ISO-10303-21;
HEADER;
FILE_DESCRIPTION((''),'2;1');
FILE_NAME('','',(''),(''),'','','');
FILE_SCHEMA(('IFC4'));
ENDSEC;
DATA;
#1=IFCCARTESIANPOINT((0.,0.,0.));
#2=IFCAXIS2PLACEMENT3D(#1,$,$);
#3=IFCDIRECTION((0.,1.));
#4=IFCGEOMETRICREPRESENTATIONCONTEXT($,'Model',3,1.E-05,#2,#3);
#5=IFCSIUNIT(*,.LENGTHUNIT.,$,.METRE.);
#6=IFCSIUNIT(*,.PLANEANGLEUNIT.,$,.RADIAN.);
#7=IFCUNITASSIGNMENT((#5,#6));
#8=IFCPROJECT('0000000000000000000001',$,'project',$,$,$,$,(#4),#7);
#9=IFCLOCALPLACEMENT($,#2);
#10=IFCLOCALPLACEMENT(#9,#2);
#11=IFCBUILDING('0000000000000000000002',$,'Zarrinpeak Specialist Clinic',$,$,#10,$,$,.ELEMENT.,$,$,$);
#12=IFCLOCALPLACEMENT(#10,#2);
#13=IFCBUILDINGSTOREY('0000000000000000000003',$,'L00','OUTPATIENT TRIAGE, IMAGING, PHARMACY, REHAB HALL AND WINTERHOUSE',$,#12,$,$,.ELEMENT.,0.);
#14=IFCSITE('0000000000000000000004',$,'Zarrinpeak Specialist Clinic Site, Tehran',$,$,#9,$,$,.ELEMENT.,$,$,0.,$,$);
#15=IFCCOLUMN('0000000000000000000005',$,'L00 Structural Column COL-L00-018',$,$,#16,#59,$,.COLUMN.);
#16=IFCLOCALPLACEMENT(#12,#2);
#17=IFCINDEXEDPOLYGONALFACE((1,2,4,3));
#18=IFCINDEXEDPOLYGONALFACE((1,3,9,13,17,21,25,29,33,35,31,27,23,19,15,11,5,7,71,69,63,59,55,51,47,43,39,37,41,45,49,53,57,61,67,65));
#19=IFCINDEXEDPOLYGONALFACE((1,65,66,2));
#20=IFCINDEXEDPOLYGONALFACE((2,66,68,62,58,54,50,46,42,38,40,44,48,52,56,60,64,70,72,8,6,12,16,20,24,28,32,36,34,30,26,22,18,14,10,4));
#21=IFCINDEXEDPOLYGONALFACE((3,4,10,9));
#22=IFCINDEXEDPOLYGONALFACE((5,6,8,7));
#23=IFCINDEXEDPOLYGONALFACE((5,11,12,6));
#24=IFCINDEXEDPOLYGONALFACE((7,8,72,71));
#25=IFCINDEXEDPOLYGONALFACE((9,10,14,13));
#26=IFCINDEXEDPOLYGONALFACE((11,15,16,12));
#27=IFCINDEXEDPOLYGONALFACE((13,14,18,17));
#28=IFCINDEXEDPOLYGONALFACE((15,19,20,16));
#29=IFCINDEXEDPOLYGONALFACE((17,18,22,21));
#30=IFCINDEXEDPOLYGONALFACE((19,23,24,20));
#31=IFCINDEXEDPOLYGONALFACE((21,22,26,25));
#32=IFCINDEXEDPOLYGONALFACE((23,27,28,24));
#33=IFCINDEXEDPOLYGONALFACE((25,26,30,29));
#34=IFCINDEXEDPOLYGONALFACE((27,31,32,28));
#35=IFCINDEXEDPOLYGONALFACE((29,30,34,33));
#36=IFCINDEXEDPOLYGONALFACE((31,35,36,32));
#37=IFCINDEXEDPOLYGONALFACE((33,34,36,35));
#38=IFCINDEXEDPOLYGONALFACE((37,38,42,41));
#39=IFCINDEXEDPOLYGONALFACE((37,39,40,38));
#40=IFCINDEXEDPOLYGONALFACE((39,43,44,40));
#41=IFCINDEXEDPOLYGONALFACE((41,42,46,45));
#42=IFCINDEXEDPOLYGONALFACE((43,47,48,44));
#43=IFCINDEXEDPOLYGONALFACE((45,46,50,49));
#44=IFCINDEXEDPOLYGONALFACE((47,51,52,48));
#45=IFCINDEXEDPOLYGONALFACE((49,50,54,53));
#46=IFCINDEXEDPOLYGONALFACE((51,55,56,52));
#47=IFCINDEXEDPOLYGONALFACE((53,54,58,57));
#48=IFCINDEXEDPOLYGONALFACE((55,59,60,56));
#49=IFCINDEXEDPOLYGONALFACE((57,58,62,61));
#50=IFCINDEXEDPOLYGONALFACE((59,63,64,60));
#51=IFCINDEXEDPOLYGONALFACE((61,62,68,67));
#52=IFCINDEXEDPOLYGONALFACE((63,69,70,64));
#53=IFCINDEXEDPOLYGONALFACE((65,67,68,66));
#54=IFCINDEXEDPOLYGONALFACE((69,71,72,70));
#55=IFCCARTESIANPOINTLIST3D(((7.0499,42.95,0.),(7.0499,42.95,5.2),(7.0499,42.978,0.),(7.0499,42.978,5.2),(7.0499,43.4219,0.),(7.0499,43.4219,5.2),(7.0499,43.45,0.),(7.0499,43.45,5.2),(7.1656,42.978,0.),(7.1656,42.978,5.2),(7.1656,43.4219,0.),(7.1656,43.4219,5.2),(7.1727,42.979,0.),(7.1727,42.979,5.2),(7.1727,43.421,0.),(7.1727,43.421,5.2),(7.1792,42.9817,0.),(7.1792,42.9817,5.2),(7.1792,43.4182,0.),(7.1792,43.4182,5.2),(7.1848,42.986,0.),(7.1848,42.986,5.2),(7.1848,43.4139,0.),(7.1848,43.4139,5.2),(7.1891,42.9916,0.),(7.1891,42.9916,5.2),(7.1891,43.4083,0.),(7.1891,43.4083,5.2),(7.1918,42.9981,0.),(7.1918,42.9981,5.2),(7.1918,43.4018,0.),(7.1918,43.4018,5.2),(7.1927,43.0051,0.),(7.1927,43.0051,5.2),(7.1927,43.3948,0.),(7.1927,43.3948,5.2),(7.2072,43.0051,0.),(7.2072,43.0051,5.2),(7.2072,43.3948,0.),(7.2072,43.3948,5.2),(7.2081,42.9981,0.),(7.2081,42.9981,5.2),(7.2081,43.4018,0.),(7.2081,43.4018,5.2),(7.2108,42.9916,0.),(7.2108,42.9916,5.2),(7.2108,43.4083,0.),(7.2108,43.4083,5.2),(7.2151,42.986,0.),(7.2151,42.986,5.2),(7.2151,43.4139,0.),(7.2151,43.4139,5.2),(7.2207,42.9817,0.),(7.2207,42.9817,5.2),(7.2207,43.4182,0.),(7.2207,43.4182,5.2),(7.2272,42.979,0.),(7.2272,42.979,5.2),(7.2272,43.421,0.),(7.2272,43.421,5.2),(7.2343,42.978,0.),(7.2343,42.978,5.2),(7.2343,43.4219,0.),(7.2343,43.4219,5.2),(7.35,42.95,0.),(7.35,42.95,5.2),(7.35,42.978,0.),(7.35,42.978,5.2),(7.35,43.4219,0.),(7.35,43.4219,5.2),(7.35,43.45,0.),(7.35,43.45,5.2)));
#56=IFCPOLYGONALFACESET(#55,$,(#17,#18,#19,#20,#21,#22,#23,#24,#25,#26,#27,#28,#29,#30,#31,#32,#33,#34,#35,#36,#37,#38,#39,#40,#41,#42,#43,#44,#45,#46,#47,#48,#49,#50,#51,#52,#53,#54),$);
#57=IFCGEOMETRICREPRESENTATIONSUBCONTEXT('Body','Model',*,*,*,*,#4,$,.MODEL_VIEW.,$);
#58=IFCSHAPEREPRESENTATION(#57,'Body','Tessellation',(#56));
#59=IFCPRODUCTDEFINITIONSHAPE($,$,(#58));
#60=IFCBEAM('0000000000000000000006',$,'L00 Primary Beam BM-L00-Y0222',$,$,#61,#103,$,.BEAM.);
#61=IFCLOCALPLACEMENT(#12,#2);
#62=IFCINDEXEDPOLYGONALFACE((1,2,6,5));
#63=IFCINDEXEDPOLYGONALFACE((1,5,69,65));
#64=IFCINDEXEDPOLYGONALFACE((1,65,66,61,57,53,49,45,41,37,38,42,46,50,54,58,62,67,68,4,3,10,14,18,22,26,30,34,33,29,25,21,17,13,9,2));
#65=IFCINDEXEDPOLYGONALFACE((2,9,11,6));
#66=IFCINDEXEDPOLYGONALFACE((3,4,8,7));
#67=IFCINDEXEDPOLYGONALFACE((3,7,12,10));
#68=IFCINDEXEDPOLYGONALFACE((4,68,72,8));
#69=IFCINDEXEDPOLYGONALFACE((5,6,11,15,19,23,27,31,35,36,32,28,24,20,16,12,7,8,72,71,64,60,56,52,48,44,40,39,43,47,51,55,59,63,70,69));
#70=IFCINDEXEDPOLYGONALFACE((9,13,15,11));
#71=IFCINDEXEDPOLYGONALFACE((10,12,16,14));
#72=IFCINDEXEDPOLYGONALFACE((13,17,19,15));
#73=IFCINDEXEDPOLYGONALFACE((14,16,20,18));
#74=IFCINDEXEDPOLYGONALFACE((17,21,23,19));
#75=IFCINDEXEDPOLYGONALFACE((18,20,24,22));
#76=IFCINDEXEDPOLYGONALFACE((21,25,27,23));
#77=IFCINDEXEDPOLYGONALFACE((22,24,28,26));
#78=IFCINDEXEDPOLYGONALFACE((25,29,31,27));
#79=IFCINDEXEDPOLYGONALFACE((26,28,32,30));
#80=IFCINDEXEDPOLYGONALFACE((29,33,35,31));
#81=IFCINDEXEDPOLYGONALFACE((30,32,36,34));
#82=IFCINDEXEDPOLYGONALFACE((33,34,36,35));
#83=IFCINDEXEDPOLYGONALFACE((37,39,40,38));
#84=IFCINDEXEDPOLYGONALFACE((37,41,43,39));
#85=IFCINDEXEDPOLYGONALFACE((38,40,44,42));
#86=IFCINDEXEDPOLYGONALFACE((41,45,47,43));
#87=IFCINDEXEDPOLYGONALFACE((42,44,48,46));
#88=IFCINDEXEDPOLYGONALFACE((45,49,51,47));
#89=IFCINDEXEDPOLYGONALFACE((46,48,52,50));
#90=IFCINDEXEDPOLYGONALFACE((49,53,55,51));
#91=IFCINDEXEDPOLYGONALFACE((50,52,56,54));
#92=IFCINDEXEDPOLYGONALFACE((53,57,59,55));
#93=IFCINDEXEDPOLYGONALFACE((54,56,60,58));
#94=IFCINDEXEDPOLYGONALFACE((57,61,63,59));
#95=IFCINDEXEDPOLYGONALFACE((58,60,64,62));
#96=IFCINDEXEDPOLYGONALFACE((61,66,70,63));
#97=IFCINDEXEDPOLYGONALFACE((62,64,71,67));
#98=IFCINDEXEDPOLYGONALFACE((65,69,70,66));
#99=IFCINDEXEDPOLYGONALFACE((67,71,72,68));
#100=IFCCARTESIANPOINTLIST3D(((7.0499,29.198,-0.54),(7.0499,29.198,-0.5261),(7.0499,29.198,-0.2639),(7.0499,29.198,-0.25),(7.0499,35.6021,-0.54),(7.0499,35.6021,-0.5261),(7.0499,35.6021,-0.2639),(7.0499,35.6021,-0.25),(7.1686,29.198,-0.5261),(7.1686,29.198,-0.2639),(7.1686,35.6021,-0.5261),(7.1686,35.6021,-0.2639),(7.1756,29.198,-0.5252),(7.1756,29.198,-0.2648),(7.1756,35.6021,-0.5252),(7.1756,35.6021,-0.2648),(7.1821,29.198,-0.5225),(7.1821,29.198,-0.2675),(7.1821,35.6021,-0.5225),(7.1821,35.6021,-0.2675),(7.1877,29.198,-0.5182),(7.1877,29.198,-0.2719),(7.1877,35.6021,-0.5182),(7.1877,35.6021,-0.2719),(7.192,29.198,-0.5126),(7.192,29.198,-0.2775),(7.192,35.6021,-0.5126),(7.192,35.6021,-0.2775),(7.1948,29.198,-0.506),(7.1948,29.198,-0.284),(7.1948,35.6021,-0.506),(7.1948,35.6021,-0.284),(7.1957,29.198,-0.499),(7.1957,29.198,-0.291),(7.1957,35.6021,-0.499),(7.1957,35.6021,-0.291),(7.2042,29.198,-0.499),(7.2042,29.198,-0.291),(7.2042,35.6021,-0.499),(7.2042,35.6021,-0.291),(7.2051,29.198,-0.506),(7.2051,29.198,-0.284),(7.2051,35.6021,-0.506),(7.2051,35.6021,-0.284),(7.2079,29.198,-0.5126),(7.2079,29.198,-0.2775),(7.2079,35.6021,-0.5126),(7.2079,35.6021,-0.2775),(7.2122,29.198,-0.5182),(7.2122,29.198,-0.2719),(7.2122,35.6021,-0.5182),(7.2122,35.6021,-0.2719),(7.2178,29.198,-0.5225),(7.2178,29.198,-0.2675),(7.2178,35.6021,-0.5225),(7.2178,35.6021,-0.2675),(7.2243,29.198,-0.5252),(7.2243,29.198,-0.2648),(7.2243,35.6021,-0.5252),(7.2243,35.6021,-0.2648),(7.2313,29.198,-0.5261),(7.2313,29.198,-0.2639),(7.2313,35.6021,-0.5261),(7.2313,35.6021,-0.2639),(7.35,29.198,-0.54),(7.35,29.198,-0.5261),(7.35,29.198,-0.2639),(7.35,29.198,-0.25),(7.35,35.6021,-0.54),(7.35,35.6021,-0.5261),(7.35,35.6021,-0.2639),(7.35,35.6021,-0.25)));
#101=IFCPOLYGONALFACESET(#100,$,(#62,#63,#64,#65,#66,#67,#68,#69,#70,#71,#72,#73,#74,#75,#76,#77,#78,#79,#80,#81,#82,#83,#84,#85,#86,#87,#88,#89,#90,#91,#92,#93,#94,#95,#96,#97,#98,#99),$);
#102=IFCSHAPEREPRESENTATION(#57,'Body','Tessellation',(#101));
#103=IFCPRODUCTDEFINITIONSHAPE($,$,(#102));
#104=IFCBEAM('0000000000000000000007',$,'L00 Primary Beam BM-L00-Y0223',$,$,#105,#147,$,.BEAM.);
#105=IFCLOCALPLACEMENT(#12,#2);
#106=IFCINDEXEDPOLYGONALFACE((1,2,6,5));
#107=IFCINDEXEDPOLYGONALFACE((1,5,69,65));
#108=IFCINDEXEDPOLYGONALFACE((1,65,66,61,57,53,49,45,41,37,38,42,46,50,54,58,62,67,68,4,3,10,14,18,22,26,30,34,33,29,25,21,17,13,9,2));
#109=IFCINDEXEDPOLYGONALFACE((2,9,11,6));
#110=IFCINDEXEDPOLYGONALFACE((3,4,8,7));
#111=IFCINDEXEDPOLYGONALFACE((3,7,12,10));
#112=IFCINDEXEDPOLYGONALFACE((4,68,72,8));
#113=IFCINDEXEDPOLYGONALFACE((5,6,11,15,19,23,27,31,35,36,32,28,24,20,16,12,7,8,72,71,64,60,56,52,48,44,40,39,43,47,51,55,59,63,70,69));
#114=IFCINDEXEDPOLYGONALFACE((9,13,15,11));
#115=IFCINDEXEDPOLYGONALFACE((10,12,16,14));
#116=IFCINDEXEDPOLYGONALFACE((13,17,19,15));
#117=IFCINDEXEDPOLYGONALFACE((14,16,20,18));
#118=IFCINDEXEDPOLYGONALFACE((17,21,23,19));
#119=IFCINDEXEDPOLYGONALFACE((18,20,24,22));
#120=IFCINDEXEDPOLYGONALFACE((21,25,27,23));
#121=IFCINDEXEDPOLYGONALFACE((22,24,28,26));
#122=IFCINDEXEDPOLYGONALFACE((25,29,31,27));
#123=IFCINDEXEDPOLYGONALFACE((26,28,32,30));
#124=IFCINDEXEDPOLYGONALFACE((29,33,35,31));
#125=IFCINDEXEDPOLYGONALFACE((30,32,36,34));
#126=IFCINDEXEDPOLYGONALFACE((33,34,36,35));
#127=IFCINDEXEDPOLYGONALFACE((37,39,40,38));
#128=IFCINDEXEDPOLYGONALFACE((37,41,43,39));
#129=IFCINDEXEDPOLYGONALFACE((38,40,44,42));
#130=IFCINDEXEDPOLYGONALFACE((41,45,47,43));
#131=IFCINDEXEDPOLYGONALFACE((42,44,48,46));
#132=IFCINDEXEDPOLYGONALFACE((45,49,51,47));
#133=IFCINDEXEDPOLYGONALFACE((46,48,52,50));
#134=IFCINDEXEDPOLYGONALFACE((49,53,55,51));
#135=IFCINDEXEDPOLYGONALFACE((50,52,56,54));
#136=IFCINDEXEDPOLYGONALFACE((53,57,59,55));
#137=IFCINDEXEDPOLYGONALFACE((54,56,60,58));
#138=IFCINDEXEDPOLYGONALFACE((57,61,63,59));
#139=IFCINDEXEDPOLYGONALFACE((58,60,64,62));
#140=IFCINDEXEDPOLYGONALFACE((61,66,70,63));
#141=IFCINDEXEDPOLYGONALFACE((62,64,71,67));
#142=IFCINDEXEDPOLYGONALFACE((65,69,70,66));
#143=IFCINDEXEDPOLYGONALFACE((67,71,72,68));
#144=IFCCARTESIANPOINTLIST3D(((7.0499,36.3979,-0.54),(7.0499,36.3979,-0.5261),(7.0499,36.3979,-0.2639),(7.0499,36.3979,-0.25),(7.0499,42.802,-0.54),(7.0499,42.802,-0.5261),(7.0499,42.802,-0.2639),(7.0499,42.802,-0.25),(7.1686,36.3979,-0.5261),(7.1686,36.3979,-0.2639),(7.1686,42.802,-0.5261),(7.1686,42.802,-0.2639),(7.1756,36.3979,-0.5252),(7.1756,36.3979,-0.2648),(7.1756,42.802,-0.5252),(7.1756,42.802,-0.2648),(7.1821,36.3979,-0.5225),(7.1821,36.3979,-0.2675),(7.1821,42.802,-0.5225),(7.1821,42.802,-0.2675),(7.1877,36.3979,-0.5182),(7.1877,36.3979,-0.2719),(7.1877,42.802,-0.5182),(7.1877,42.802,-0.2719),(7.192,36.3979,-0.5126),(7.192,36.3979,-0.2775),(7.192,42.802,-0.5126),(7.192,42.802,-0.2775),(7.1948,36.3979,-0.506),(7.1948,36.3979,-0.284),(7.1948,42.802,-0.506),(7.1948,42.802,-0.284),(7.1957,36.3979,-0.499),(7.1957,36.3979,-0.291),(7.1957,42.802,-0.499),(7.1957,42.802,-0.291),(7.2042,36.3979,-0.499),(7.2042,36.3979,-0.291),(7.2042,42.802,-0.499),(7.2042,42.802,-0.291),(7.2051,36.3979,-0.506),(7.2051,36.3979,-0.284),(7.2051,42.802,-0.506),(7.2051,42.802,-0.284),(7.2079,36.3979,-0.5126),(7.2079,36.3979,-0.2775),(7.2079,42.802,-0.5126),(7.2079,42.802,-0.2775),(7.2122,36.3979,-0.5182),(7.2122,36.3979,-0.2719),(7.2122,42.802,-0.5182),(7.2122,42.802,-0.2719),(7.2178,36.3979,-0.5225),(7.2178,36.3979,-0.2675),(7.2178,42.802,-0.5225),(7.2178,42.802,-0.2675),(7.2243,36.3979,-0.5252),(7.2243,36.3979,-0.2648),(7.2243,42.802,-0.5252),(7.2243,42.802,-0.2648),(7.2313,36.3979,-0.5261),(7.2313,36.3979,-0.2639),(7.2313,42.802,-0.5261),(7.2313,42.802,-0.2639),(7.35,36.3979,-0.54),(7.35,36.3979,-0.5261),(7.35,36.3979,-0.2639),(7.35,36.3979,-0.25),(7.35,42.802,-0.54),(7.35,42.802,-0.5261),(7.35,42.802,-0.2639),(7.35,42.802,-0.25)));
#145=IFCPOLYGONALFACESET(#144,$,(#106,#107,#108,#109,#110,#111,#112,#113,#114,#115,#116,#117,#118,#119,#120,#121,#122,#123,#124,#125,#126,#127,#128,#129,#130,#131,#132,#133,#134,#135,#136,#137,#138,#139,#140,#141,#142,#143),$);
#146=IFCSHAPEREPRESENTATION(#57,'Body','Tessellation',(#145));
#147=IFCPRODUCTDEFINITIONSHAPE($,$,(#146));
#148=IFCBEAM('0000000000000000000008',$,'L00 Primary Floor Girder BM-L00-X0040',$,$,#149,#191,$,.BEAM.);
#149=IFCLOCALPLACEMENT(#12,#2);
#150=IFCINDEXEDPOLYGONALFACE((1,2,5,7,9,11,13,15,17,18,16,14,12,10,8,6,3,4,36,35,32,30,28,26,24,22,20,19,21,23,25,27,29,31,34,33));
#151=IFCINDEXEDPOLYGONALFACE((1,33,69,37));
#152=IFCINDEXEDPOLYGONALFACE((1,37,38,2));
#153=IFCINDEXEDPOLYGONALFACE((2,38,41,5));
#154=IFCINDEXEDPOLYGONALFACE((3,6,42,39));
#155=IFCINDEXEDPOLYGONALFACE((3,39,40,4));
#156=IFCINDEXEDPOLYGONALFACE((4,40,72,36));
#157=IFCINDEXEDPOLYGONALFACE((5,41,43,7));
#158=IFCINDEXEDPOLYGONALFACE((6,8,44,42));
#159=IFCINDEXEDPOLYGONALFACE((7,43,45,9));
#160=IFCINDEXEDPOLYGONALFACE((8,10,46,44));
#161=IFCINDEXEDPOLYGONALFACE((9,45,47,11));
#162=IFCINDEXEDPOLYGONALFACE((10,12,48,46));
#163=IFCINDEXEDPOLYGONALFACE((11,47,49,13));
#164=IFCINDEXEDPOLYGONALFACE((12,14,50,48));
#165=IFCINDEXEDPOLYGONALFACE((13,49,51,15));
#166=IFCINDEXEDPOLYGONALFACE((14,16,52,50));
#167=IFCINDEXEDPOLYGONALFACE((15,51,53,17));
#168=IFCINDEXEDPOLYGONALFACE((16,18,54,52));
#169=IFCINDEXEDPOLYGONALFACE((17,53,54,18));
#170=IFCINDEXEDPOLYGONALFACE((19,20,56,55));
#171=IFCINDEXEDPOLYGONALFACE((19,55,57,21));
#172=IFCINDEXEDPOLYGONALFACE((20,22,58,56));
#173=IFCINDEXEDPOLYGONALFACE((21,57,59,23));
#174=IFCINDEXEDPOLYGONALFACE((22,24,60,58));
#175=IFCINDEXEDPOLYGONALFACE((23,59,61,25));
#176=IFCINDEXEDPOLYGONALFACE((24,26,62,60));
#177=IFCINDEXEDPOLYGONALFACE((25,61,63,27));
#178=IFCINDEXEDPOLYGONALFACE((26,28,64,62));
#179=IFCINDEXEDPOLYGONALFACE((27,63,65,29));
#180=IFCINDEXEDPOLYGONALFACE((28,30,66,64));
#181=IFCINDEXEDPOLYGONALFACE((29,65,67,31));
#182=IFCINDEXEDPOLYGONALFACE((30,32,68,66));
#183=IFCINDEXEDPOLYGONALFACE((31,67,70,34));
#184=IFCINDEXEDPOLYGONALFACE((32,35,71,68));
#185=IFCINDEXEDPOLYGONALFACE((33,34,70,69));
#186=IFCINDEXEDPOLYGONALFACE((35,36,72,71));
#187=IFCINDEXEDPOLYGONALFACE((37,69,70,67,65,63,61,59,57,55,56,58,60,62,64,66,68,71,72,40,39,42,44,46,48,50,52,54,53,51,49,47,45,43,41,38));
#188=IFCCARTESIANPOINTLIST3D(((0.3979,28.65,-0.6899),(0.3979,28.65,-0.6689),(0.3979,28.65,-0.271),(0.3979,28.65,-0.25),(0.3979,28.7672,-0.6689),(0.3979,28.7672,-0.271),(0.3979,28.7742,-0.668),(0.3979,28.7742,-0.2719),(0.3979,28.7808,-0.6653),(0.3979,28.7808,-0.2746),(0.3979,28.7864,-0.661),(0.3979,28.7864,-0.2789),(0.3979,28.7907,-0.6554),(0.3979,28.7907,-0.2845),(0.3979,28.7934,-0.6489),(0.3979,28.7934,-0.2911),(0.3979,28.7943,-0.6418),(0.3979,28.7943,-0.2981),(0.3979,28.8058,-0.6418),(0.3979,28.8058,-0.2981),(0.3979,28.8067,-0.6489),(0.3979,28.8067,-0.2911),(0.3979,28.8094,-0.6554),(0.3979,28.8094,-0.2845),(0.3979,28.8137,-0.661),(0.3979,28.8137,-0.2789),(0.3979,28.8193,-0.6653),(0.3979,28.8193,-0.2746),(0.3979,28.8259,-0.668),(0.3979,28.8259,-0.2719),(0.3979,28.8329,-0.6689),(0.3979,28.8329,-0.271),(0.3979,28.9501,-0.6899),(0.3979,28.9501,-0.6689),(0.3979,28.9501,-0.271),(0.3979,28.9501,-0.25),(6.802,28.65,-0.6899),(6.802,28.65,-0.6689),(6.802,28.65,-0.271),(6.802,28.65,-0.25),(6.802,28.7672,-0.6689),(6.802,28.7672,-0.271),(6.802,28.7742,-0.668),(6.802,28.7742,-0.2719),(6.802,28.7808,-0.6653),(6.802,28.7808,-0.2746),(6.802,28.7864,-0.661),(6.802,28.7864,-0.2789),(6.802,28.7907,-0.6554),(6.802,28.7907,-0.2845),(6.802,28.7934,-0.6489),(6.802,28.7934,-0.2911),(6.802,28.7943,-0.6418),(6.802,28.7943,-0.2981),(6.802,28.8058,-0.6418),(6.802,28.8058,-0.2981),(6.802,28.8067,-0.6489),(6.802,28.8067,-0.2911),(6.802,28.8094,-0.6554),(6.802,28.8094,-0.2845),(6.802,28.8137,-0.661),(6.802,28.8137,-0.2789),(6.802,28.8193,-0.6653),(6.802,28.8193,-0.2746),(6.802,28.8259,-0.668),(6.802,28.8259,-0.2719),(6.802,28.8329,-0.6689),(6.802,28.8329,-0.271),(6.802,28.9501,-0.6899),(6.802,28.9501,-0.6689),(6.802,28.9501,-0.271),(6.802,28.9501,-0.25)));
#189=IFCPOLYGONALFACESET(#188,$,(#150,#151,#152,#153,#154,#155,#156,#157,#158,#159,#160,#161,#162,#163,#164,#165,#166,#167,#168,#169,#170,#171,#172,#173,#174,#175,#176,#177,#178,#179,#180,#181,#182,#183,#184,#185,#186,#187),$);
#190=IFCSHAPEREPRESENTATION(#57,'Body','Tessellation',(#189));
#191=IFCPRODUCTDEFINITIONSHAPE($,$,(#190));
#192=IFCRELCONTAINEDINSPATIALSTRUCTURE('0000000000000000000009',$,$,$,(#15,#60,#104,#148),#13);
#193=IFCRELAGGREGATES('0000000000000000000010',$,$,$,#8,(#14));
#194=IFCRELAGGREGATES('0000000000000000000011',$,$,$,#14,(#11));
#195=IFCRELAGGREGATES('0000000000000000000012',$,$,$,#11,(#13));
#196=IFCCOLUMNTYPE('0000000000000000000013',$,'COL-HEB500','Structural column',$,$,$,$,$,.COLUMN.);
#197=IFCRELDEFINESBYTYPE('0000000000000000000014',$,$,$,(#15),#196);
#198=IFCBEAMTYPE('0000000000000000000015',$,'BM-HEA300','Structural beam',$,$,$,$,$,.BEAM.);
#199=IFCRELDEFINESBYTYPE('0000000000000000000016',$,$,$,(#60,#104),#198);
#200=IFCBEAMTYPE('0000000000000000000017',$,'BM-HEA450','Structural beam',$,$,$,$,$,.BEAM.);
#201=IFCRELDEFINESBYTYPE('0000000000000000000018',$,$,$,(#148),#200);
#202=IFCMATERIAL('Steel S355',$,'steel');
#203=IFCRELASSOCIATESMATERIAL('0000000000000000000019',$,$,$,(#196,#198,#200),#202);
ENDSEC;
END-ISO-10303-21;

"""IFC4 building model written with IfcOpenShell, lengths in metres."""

from ifc_helpers import new_model, si_unit, direction, frame, origin, origin_2d, place, context, subcontext, project, spatial, i_section, extrude, material, material_profile, profile_set, type_object, element, save


model = new_model("IFC4")

# Units and contexts
model_context = context("Model", 3, precision=1e-05, world=origin(), true_north=direction((0.0, 1.0)))
body_context = subcontext(model_context, "Body", "Model", "MODEL_VIEW")
ifc_project = project(units=[si_unit("LENGTHUNIT", "METRE"), si_unit("PLANEANGLEUNIT", "RADIAN")], contexts=[model_context])

# Site, building, storey
site_placement = place(None, origin())
site = spatial("IfcSite", under=ifc_project, at=site_placement, Name="Zarrinpeak Specialist Clinic Site, Tehran", CompositionType="ELEMENT", RefElevation=0.0)
building_placement = place(site_placement, origin())
building = spatial("IfcBuilding", under=site, at=building_placement, Name="Zarrinpeak Specialist Clinic", CompositionType="ELEMENT")
storey_placement = place(building_placement, origin())
storey = spatial("IfcBuildingStorey", under=building, at=storey_placement, Name="L00", Description="OUTPATIENT TRIAGE, IMAGING, PHARMACY, REHAB HALL AND WINTERHOUSE", CompositionType="ELEMENT", Elevation=0.0)

# Column
ifc_material_1 = material(Name="Steel S355", Category="steel")
ifc_material_profile_1 = material_profile(ifc_material_1, i_section(OverallWidth=0.3, OverallDepth=0.5, WebThickness=0.0144, FlangeThickness=0.0281, FilletRadius=0.0271, at=origin_2d()), Name="HEB 500")
ifc_profile_set_1 = profile_set([ifc_material_profile_1], Name="Steel S355")
column_type = type_object("IfcColumnType", Name="COL-HEB500", Description="Structural column", PredefinedType="COLUMN", material=ifc_profile_set_1)
for number, where, z_axis, x_axis, name in (
    (1, (7.2, 43.2, 0.0), (0.0, 0.0, 1.0), (1.0, 0.0, 0.0), "L00 Structural Column COL-L00-018"),
):
    element("IfcColumn", number, at=place(storey_placement, frame(where, z_axis=z_axis, x_axis=x_axis)), inside=storey, type_object=column_type, Name=name, PredefinedType="COLUMN", context=body_context, shape_type="SweptSolid", body=[
        extrude(i_section(OverallWidth=0.3, OverallDepth=0.5, WebThickness=0.0144, FlangeThickness=0.0281, FilletRadius=0.0271, at=origin_2d()), origin(), (0.0, 0.0, 1.0), 5.2),
    ])

# Beams
ifc_material_profile_2 = material_profile(ifc_material_1, i_section(OverallWidth=0.3, OverallDepth=0.29, WebThickness=0.0085, FlangeThickness=0.0139, FilletRadius=0.0271, at=origin_2d()), Name="HEA 300")
ifc_profile_set_2 = profile_set([ifc_material_profile_2], Name="Steel S355")
beam_type_1 = type_object("IfcBeamType", Name="BM-HEA300", Description="Structural beam", PredefinedType="BEAM", material=ifc_profile_set_2)
for number, where, z_axis, x_axis, name in (
    (2, (7.2, 29.198, -0.395), (0.0, 1.0, 0.0), (-1.0, 0.0, 0.0), "L00 Primary Beam BM-L00-Y0222"),
    (3, (7.2, 36.3979, -0.395), (0.0, 1.0, 0.0), (-1.0, 0.0, 0.0), "L00 Primary Beam BM-L00-Y0223"),
):
    element("IfcBeam", number, at=place(storey_placement, frame(where, z_axis=z_axis, x_axis=x_axis)), inside=storey, type_object=beam_type_1, Name=name, PredefinedType="BEAM", context=body_context, shape_type="SweptSolid", body=[
        extrude(i_section(OverallWidth=0.3, OverallDepth=0.29, WebThickness=0.0085, FlangeThickness=0.0139, FilletRadius=0.0271, at=origin_2d()), origin(), (0.0, 0.0, 1.0), 6.4041),
    ])
ifc_material_profile_3 = material_profile(ifc_material_1, i_section(OverallWidth=0.3, OverallDepth=0.4399, WebThickness=0.0115, FlangeThickness=0.021, FilletRadius=0.0271, at=origin_2d()), Name="HEA 450")
ifc_profile_set_3 = profile_set([ifc_material_profile_3], Name="Steel S355")
beam_type_2 = type_object("IfcBeamType", Name="BM-HEA450", Description="Structural beam", PredefinedType="BEAM", material=ifc_profile_set_3)
for number, where, z_axis, x_axis, name in (
    (4, (0.3979, 28.8, -0.47), (1.0, 0.0, 0.0), (0.0, 1.0, 0.0), "L00 Primary Floor Girder BM-L00-X0040"),
):
    element("IfcBeam", number, at=place(storey_placement, frame(where, z_axis=z_axis, x_axis=x_axis)), inside=storey, type_object=beam_type_2, Name=name, PredefinedType="BEAM", context=body_context, shape_type="SweptSolid", body=[
        extrude(i_section(OverallWidth=0.3, OverallDepth=0.4399, WebThickness=0.0115, FlangeThickness=0.021, FilletRadius=0.0271, at=origin_2d()), origin(), (0.0, 0.0, 1.0), 6.4041),
    ])

save(model, "model.ifc")
